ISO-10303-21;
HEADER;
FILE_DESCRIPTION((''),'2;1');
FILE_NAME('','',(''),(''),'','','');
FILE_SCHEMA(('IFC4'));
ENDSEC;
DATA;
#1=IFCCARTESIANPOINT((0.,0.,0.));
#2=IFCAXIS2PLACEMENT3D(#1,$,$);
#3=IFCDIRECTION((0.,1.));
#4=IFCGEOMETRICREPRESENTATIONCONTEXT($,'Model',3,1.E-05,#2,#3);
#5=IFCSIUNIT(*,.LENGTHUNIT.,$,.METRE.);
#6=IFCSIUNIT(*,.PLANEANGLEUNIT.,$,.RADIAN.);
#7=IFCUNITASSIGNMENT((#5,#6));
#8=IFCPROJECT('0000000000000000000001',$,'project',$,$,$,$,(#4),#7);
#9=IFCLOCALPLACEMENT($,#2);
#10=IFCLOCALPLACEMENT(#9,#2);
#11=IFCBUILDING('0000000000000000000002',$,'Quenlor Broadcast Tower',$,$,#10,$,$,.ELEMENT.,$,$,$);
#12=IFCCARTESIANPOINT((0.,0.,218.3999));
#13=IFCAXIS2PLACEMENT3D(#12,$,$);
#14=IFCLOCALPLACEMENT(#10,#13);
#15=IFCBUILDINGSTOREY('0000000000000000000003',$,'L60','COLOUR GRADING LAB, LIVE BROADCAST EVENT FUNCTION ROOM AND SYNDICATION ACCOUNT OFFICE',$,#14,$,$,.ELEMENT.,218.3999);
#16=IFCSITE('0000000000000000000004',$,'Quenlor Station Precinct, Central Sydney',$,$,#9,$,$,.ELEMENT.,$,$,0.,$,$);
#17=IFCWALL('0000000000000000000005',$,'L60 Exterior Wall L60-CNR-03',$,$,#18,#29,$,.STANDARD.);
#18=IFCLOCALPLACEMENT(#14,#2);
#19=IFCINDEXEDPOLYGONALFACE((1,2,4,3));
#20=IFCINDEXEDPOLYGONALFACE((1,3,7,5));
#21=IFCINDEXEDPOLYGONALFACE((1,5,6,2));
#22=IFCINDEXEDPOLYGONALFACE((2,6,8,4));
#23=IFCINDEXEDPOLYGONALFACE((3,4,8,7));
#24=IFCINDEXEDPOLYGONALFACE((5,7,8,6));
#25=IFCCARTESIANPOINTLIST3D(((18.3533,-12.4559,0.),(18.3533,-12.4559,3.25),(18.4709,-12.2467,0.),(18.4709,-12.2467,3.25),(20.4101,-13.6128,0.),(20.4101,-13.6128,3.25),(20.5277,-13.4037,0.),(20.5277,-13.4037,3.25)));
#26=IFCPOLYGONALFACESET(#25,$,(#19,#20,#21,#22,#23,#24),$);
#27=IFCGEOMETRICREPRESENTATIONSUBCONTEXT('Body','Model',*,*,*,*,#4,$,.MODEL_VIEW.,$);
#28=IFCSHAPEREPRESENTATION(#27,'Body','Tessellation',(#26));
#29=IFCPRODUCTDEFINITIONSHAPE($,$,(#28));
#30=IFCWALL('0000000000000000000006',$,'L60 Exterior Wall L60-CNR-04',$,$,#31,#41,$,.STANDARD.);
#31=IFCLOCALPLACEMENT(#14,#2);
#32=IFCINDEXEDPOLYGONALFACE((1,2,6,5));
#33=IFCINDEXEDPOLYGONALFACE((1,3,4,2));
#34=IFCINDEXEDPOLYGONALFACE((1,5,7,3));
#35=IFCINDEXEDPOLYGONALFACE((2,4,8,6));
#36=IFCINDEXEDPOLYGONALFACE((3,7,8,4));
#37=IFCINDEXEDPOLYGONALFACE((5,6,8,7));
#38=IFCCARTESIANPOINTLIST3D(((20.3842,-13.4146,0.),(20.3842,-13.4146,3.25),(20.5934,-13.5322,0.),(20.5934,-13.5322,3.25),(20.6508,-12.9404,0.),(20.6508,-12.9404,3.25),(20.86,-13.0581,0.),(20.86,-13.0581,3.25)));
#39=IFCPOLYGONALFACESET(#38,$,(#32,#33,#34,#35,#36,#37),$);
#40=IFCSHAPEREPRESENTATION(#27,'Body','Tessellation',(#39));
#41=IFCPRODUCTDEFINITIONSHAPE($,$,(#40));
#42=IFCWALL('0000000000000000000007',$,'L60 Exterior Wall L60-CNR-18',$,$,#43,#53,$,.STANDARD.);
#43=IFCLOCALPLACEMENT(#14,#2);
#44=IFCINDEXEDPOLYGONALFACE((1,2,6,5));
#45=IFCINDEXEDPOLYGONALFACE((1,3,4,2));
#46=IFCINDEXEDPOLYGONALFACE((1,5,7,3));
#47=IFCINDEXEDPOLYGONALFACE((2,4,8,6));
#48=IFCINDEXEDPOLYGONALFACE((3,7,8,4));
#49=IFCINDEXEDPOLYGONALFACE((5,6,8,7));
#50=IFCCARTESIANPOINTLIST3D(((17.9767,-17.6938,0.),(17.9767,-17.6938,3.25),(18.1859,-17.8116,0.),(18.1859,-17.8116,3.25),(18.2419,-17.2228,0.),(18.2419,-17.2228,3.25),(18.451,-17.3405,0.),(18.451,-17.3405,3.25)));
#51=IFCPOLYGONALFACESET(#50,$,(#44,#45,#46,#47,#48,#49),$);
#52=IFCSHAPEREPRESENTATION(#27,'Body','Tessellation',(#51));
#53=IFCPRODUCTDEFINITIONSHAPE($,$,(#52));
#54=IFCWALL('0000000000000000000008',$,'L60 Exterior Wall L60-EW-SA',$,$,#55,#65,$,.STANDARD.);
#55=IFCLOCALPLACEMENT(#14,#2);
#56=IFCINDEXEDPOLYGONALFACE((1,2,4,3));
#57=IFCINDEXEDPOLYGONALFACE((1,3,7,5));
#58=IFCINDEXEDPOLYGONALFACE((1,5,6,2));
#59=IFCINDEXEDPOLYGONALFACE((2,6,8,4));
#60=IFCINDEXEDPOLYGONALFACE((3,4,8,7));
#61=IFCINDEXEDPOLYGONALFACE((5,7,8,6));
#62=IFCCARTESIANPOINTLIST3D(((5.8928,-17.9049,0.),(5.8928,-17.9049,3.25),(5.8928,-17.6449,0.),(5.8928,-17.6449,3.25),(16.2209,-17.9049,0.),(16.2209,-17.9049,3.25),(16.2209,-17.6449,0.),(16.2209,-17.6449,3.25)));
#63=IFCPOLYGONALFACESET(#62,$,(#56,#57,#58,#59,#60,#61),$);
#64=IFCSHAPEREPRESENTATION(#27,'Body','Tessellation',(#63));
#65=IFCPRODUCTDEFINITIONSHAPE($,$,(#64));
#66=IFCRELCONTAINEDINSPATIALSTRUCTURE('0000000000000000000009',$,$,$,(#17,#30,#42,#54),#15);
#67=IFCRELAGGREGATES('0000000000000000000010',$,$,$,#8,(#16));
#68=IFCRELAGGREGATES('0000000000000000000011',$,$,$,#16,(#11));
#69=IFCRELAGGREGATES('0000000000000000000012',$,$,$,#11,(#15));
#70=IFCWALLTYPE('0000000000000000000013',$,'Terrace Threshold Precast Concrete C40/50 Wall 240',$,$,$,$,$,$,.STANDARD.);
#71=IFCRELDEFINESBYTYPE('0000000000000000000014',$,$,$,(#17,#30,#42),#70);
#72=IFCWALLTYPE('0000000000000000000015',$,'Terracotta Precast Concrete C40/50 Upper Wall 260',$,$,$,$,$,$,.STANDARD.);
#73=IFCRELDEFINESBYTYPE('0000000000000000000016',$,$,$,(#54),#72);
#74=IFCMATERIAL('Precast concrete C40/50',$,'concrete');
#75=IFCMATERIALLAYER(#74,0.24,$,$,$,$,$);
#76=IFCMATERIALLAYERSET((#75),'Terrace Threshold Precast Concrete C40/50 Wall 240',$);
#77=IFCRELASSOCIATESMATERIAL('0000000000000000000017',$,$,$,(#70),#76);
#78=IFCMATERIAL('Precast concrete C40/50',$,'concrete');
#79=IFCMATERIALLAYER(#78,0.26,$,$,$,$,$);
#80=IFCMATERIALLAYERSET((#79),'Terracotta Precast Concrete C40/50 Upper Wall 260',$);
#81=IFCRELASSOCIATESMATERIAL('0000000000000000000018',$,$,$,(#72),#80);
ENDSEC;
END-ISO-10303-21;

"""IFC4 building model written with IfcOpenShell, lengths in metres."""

from ifc_helpers import new_model, si_unit, direction, frame, frame_2d, origin, place, context, subcontext, project, spatial, rectangle, extrude, material, layer, layer_set, type_object, element, save


model = new_model("IFC4")

# Units and contexts
model_context = context("Model", 3, precision=1e-05, world=origin(), true_north=direction((0.0, 1.0)))
body_context = subcontext(model_context, "Body", "Model", "MODEL_VIEW")
ifc_project = project(units=[si_unit("LENGTHUNIT", "METRE"), si_unit("PLANEANGLEUNIT", "RADIAN")], contexts=[model_context])

# Site, building, storey
site_placement = place(None, origin())
site = spatial("IfcSite", under=ifc_project, at=site_placement, Name="Quenlor Station Precinct, Central Sydney", CompositionType="ELEMENT", RefElevation=0.0)
building_placement = place(site_placement, origin())
building = spatial("IfcBuilding", under=site, at=building_placement, Name="Quenlor Broadcast Tower", CompositionType="ELEMENT")
storey_placement = place(building_placement, frame((0.0, 0.0, 218.3999)))
storey = spatial("IfcBuildingStorey", under=building, at=storey_placement, Name="L60", Description="COLOUR GRADING LAB, LIVE BROADCAST EVENT FUNCTION ROOM AND SYNDICATION ACCOUNT OFFICE", CompositionType="ELEMENT", Elevation=218.3999)

# Walls
ifc_material_1 = material(Name="Precast concrete C40/50", Category="concrete")
ifc_layer_1 = layer(ifc_material_1, 0.24)
ifc_layer_set_1 = layer_set([ifc_layer_1], Name="Terrace Threshold Precast Concrete C40/50 Wall 240")
wall_type_1 = type_object("IfcWallType", Name="Terrace Threshold Precast Concrete C40/50 Wall 240", PredefinedType="STANDARD", material=ifc_layer_set_1)
wall_1_placement = place(storey_placement, frame((18.4121, -12.3513, 0.0), z_axis=(0.0, 0.0, 1.0), x_axis=(0.871578, -0.490256, 0.0)))
element("IfcWall", 1, at=wall_1_placement, inside=storey, type_object=wall_type_1, Name="L60 Exterior Wall L60-CNR-03", PredefinedType="STANDARD", context=body_context, shape_type="SweptSolid", body=[
    extrude(rectangle(XDim=2.3599, YDim=0.24, at=frame_2d((1.1799, 0.0))), origin(), (0.0, 0.0, 1.0), 3.25),
])
wall_2_placement = place(storey_placement, frame((20.4888, -13.4734, 0.0), z_axis=(0.0, 0.0, 1.0), x_axis=(0.490133, 0.871647, 0.0)))
element("IfcWall", 2, at=wall_2_placement, inside=storey, type_object=wall_type_1, Name="L60 Exterior Wall L60-CNR-04", PredefinedType="STANDARD", context=body_context, shape_type="SweptSolid", body=[
    extrude(rectangle(XDim=0.5439, YDim=0.24, at=frame_2d((0.272, 0.0))), origin(), (0.0, 0.0, 1.0), 3.25),
])
wall_3_placement = place(storey_placement, frame((18.0813, -17.7527, 0.0), z_axis=(0.0, 0.0, 1.0), x_axis=(0.490583, 0.871395, 0.0)))
element("IfcWall", 3, at=wall_3_placement, inside=storey, type_object=wall_type_1, Name="L60 Exterior Wall L60-CNR-18", PredefinedType="STANDARD", context=body_context, shape_type="SweptSolid", body=[
    extrude(rectangle(XDim=0.5405, YDim=0.24, at=frame_2d((0.2703, 0.0))), origin(), (0.0, 0.0, 1.0), 3.25),
])
ifc_material_2 = material(Name="Precast concrete C40/50", Category="concrete")
ifc_layer_2 = layer(ifc_material_2, 0.26)
ifc_layer_set_2 = layer_set([ifc_layer_2], Name="Terracotta Precast Concrete C40/50 Upper Wall 260")
wall_type_2 = type_object("IfcWallType", Name="Terracotta Precast Concrete C40/50 Upper Wall 260", PredefinedType="STANDARD", material=ifc_layer_set_2)
wall_4_placement = place(storey_placement, frame((16.2209, -17.7749, 0.0), z_axis=(0.0, 0.0, 1.0), x_axis=(-1.0, 0.0, 0.0)))
element("IfcWall", 4, at=wall_4_placement, inside=storey, type_object=wall_type_2, Name="L60 Exterior Wall L60-EW-SA", PredefinedType="STANDARD", context=body_context, shape_type="SweptSolid", body=[
    extrude(rectangle(XDim=10.3281, YDim=0.26, at=frame_2d((5.1641, 0.0))), origin(), (0.0, 0.0, 1.0), 3.25),
])

save(model, "model.ifc")
